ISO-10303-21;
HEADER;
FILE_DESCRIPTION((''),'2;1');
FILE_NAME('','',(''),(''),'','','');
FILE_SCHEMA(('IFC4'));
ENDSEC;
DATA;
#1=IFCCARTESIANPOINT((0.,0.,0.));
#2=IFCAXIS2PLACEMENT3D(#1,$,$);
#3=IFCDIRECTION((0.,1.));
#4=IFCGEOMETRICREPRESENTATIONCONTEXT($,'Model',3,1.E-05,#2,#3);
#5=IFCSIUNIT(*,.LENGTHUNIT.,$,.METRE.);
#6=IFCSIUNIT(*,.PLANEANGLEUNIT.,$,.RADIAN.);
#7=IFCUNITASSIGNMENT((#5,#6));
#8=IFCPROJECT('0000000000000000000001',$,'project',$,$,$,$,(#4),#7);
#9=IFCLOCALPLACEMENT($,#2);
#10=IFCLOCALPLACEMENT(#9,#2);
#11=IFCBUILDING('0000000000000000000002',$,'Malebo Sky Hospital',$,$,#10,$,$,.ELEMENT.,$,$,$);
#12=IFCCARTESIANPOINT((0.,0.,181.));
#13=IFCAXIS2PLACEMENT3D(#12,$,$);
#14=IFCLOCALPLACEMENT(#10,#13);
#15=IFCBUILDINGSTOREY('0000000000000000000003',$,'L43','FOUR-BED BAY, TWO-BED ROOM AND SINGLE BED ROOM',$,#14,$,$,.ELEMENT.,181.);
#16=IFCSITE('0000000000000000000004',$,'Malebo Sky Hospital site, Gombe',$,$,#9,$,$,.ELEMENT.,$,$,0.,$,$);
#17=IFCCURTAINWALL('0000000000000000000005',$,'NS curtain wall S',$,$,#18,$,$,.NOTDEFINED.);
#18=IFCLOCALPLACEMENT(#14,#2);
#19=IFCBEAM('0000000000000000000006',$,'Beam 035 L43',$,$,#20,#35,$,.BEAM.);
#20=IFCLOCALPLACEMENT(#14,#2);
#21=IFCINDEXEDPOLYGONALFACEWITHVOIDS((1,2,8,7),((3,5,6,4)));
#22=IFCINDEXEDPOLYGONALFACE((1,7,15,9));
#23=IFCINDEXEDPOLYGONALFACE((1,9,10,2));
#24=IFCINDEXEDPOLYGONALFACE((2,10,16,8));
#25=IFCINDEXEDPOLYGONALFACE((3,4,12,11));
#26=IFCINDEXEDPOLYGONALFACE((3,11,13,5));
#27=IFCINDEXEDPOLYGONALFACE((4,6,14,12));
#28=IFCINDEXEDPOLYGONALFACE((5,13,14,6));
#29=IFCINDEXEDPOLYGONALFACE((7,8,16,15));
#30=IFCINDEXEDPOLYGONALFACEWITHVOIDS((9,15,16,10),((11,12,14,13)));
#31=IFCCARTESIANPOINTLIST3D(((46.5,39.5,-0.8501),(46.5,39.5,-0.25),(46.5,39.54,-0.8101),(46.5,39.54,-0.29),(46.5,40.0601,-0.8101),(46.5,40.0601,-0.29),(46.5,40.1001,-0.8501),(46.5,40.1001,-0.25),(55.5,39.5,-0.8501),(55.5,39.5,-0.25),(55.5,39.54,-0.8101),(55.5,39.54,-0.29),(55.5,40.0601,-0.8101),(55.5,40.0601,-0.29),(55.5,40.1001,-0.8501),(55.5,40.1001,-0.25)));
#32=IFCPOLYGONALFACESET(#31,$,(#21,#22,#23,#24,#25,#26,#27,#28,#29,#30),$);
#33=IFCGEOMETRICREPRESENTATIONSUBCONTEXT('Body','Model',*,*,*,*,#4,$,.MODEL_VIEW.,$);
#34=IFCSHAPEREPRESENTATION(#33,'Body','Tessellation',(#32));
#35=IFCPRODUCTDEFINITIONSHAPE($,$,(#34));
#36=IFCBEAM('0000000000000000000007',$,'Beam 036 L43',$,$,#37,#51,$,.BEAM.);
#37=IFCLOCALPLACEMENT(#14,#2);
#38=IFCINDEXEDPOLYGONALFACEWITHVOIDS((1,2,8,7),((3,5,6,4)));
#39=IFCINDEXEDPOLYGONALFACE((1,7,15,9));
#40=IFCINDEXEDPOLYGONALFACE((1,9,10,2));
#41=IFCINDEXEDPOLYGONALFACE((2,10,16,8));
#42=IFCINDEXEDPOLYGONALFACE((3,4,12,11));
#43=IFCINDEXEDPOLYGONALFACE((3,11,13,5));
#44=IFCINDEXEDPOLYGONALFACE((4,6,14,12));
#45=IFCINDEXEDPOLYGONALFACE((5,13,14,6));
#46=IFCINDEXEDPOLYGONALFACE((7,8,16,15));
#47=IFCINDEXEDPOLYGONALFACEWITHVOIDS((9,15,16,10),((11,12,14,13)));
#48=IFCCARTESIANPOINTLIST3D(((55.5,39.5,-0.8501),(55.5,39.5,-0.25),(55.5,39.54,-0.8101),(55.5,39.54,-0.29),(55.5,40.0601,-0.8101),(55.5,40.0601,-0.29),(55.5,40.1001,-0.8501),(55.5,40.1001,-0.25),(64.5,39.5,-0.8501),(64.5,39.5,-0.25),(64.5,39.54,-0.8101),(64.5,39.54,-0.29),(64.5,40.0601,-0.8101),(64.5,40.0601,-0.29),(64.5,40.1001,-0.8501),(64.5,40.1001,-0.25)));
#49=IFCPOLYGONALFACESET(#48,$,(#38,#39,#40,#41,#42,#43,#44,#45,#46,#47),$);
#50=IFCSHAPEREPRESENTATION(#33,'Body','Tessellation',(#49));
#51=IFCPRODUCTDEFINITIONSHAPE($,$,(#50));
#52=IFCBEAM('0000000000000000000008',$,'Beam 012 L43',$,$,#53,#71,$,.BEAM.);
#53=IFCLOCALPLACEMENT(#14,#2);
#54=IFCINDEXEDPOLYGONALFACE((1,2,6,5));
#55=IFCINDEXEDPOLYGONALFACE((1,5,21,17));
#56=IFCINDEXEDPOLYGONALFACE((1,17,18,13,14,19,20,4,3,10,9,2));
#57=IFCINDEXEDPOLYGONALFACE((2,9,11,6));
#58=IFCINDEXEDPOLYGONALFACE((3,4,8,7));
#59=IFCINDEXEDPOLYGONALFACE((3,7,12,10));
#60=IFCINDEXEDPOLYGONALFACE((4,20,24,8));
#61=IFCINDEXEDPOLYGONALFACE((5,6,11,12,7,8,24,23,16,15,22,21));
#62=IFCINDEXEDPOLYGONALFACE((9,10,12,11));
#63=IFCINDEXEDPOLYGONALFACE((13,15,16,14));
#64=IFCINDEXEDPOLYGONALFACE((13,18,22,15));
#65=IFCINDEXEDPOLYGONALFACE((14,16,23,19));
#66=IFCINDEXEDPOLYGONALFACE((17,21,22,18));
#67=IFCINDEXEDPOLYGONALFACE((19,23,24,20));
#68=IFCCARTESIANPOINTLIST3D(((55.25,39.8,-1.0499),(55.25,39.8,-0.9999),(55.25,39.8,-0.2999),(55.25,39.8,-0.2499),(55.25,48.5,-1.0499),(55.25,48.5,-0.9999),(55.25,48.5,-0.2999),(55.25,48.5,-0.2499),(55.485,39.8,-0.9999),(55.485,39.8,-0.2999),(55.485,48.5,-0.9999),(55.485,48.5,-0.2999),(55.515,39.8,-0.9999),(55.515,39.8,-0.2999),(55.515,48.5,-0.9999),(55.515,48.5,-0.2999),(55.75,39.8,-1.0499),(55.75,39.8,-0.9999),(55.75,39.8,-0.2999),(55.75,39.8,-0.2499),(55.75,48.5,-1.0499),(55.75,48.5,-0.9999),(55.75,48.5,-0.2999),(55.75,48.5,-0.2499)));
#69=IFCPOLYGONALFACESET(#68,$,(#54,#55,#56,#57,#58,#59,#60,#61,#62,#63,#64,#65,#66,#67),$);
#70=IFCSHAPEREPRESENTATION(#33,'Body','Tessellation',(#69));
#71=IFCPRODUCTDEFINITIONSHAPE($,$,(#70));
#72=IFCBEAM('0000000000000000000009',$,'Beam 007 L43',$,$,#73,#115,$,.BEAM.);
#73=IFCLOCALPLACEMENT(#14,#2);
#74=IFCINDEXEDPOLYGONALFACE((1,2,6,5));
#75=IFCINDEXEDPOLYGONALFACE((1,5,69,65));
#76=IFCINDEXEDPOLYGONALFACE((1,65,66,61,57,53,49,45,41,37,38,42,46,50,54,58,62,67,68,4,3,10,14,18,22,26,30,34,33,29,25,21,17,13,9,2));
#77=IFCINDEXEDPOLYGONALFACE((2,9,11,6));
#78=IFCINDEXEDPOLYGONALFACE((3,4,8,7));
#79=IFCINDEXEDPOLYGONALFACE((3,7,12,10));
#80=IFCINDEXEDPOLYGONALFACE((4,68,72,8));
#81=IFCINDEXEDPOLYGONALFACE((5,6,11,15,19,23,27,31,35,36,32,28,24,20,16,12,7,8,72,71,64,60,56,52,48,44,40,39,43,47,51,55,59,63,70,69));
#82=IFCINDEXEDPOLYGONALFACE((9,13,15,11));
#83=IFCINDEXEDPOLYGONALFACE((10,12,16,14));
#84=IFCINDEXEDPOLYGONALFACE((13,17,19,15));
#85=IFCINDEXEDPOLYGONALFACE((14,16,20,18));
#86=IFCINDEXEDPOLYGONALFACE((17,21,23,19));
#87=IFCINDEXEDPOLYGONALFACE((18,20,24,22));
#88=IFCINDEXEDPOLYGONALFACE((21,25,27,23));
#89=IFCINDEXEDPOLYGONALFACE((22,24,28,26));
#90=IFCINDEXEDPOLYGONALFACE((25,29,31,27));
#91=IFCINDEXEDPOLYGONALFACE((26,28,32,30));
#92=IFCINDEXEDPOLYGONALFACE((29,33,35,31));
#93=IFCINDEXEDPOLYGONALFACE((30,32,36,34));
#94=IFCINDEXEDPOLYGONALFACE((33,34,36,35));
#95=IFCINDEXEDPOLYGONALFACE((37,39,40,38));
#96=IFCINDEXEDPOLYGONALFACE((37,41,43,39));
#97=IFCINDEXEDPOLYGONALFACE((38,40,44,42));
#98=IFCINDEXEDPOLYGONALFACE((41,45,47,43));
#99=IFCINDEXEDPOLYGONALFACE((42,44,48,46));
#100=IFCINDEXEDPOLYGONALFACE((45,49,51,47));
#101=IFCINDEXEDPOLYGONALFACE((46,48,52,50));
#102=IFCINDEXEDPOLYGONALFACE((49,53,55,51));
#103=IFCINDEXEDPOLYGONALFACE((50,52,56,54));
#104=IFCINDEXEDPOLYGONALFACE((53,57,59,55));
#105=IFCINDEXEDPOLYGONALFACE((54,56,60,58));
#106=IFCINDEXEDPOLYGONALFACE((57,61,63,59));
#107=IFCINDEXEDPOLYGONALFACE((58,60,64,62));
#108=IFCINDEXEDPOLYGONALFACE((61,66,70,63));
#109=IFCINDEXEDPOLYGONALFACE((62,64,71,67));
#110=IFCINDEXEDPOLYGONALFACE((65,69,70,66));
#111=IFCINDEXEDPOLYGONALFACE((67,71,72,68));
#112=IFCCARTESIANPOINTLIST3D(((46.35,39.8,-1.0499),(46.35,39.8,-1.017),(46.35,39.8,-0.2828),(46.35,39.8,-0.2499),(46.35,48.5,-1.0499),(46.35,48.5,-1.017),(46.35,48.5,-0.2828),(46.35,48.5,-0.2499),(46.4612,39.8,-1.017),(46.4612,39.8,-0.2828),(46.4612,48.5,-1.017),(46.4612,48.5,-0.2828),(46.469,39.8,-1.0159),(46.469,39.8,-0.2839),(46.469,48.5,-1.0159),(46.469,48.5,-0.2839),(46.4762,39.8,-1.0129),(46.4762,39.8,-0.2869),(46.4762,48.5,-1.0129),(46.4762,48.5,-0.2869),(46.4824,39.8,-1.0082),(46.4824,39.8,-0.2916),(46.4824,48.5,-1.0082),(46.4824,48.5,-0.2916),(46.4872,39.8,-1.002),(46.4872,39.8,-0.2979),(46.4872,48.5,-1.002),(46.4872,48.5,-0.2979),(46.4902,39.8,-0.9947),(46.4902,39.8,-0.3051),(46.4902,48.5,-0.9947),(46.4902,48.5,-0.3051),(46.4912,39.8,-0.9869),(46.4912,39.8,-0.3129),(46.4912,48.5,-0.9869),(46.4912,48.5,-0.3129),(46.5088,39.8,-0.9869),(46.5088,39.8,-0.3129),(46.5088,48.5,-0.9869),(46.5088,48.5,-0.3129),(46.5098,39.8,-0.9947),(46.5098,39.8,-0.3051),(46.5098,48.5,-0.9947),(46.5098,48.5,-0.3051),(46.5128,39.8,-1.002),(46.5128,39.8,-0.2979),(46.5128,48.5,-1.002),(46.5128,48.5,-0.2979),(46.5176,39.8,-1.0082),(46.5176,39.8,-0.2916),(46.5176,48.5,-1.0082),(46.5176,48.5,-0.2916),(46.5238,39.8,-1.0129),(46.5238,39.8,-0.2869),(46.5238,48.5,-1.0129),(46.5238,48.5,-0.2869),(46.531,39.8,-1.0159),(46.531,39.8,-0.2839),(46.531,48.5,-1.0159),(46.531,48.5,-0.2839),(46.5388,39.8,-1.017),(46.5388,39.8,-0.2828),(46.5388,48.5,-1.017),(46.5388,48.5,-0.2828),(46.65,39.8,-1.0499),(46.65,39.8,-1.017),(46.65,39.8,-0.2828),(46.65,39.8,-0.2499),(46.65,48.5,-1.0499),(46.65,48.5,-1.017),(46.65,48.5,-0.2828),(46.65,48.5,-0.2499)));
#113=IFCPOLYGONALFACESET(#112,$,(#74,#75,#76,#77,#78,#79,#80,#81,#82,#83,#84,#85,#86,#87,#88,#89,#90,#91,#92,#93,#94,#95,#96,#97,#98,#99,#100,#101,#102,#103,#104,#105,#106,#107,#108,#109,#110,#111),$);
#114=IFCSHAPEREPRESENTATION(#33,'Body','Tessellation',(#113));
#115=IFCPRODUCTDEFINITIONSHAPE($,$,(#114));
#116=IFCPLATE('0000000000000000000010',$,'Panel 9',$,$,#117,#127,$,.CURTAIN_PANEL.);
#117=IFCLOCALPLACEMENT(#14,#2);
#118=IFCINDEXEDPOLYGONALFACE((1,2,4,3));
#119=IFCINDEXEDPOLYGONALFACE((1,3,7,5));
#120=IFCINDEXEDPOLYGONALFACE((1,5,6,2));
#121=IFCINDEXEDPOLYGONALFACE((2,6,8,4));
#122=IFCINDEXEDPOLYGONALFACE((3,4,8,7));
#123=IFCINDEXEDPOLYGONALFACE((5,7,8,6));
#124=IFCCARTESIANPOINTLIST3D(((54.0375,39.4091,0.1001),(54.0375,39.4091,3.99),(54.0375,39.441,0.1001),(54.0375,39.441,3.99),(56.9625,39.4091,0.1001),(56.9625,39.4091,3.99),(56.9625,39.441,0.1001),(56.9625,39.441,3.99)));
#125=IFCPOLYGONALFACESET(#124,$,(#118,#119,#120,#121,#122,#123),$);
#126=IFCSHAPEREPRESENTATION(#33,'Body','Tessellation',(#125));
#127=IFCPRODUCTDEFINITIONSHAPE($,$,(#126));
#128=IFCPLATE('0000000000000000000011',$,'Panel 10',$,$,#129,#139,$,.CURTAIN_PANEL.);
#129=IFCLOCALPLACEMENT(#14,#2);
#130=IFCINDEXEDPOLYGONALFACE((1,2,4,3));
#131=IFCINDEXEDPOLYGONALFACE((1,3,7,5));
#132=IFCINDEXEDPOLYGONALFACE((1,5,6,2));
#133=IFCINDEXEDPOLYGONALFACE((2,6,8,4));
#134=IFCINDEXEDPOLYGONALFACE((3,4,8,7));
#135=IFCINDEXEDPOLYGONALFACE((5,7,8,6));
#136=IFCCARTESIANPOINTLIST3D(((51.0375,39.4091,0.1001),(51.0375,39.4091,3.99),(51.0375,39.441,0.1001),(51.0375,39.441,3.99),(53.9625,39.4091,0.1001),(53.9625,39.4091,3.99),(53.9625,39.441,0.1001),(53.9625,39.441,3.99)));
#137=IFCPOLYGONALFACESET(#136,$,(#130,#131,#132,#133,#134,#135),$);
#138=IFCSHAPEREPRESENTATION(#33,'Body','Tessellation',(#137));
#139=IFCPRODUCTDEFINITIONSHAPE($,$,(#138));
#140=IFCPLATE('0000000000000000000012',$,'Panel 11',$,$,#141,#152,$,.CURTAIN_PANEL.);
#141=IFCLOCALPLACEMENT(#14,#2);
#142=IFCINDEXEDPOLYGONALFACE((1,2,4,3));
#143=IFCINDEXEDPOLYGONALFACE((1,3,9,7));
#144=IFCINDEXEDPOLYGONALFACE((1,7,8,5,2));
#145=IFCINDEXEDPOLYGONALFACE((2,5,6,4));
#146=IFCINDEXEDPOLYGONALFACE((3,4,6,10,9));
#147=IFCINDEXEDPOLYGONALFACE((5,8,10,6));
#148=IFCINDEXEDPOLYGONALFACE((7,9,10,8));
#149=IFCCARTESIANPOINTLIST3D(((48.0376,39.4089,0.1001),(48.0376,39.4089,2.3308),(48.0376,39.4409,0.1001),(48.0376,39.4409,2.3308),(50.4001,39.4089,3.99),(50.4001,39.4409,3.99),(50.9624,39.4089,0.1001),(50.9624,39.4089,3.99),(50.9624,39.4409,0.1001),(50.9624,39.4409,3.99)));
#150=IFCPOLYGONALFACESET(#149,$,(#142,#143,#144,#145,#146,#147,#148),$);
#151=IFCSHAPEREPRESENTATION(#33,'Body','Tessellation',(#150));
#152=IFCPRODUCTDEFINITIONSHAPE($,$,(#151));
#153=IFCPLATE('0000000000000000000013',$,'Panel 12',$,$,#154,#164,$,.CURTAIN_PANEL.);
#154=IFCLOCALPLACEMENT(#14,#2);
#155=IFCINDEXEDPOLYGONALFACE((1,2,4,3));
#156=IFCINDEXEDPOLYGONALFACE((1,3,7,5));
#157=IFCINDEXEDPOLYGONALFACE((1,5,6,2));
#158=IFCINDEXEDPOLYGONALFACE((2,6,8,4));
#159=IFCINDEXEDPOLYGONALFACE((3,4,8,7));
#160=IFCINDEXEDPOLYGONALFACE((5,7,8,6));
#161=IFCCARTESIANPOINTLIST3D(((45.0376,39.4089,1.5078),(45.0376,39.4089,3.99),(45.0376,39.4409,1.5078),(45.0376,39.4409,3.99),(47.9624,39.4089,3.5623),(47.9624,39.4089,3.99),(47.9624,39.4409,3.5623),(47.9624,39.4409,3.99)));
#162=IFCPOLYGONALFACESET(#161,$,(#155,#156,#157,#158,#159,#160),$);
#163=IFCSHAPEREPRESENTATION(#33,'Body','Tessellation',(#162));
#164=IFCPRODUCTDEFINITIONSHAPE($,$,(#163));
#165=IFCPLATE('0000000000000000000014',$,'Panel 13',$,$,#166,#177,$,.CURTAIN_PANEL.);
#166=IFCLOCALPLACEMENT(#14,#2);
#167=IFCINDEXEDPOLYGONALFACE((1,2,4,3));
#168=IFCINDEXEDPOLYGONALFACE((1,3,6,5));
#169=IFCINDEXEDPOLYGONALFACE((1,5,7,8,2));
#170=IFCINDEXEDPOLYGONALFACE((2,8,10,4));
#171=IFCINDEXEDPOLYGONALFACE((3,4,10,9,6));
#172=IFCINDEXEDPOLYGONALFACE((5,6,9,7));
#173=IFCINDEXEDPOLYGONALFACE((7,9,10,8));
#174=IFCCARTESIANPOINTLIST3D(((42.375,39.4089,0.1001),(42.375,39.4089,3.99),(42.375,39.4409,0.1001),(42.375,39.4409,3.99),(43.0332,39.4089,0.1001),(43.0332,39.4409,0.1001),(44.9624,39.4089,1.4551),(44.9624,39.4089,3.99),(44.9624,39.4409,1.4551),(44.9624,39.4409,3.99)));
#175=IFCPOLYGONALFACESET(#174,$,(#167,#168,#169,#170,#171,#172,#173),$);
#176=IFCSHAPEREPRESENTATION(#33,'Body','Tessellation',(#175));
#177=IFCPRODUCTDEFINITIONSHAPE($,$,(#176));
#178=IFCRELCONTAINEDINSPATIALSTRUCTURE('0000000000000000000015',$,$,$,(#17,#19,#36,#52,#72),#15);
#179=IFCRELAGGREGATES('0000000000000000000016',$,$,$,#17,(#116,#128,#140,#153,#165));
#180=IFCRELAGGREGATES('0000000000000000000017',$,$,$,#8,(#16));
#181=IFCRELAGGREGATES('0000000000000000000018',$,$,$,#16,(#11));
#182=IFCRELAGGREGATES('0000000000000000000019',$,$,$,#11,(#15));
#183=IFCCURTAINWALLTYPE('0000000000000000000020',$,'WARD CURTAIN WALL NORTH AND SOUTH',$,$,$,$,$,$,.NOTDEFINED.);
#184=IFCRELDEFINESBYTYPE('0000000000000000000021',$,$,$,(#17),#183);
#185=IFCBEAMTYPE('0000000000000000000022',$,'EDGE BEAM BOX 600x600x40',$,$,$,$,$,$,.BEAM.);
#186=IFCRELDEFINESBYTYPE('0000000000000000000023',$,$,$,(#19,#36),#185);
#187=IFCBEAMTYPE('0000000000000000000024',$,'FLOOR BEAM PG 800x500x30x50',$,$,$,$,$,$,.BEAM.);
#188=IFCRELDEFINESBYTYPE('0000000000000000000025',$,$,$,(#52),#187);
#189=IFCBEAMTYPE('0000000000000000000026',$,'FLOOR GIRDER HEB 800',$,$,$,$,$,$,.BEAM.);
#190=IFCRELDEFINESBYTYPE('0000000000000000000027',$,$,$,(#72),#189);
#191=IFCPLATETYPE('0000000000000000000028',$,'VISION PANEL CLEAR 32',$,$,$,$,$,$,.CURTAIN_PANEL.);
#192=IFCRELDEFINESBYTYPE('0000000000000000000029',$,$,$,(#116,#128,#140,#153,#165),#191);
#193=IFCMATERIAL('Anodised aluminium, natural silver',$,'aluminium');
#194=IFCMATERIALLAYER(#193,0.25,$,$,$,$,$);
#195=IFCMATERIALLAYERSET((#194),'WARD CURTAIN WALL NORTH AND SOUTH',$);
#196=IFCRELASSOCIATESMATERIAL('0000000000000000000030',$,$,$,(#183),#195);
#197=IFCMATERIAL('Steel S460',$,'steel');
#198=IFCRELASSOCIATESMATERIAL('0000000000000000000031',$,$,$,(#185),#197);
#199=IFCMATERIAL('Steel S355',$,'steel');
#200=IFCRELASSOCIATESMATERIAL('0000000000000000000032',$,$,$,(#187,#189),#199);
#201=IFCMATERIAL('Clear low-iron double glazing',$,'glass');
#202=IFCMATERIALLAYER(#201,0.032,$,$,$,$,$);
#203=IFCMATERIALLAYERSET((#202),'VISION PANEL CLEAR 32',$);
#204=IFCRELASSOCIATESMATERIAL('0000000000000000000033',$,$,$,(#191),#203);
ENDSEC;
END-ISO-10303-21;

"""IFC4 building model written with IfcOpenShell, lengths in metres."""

from ifc_helpers import new_model, si_unit, direction, frame, origin, origin_2d, place, context, subcontext, project, spatial, polyline, rectangle, hollow_rectangle, i_section, outline, extrude, material, layer, layer_set, material_profile, profile_set, type_object, element, aggregate, save


model = new_model("IFC4")

# Units and contexts
model_context = context("Model", 3, precision=1e-05, world=origin(), true_north=direction((0.0, 1.0)))
body_context = subcontext(model_context, "Body", "Model", "MODEL_VIEW")
ifc_project = project(units=[si_unit("LENGTHUNIT", "METRE"), si_unit("PLANEANGLEUNIT", "RADIAN")], contexts=[model_context])

# Site, building, storey
site_placement = place(None, origin())
site = spatial("IfcSite", under=ifc_project, at=site_placement, Name="Malebo Sky Hospital site, Gombe", CompositionType="ELEMENT", RefElevation=0.0)
building_placement = place(site_placement, origin())
building = spatial("IfcBuilding", under=site, at=building_placement, Name="Malebo Sky Hospital", CompositionType="ELEMENT")
storey_placement = place(building_placement, frame((0.0, 0.0, 181.0)))
storey = spatial("IfcBuildingStorey", under=building, at=storey_placement, Name="L43", Description="FOUR-BED BAY, TWO-BED ROOM AND SINGLE BED ROOM", CompositionType="ELEMENT", Elevation=181.0)

# Shared definitions
ifc_material_1 = material(Name="Steel S460", Category="steel")

# Curtain wall
ifc_material_2 = material(Name="Anodised aluminium, natural silver", Category="aluminium")
ifc_layer_1 = layer(ifc_material_2, 0.25)
ifc_layer_set_1 = layer_set([ifc_layer_1], Name="WARD CURTAIN WALL NORTH AND SOUTH")
curtain_wall_type = type_object("IfcCurtainWallType", Name="WARD CURTAIN WALL NORTH AND SOUTH", PredefinedType="NOTDEFINED", material=ifc_layer_set_1)
curtain_wall_placement = place(storey_placement, origin())
curtain_wall = element("IfcCurtainWall", 1, at=curtain_wall_placement, inside=storey, type_object=curtain_wall_type, Name="NS curtain wall S", PredefinedType="NOTDEFINED")

# Shared definitions
ifc_material_3 = material(Name="Steel S355", Category="steel")

# Beams
ifc_material_profile_1 = material_profile(ifc_material_1, hollow_rectangle(XDim=0.6001, YDim=0.6001, WallThickness=0.04, at=origin_2d()), Name="BOX 600x600x40")
ifc_profile_set_1 = profile_set([ifc_material_profile_1], Name="Steel S460")
beam_type_1 = type_object("IfcBeamType", Name="EDGE BEAM BOX 600x600x40", PredefinedType="BEAM", material=ifc_profile_set_1)
for number, where, z_axis, x_axis, name in (
    (2, (46.5, 39.8, -0.55), (1.0, 0.0, 0.0), (0.0, 1.0, 0.0), "Beam 035 L43"),
    (3, (55.5, 39.8, -0.55), (1.0, 0.0, 0.0), (0.0, 1.0, 0.0), "Beam 036 L43"),
):
    element("IfcBeam", number, at=place(storey_placement, frame(where, z_axis=z_axis, x_axis=x_axis)), inside=storey, type_object=beam_type_1, Name=name, PredefinedType="BEAM", context=body_context, shape_type="SweptSolid", body=[
        extrude(hollow_rectangle(XDim=0.6001, YDim=0.6001, WallThickness=0.04, at=origin_2d()), origin(), (0.0, 0.0, 1.0), 9.0),
    ])
ifc_material_profile_2 = material_profile(ifc_material_3, i_section(OverallWidth=0.5, OverallDepth=0.8, WebThickness=0.03, FlangeThickness=0.05, at=origin_2d()), Name="PG 800x500x30x50")
ifc_profile_set_2 = profile_set([ifc_material_profile_2], Name="Steel S355")
beam_type_2 = type_object("IfcBeamType", Name="FLOOR BEAM PG 800x500x30x50", PredefinedType="BEAM", material=ifc_profile_set_2)
beam_1_placement = place(storey_placement, frame((55.5, 39.8, -0.6499), z_axis=(0.0, 1.0, 0.0), x_axis=(-1.0, 0.0, 0.0)))
element("IfcBeam", 4, at=beam_1_placement, inside=storey, type_object=beam_type_2, Name="Beam 012 L43", PredefinedType="BEAM", context=body_context, shape_type="SweptSolid", body=[
    extrude(i_section(OverallWidth=0.5, OverallDepth=0.8, WebThickness=0.03, FlangeThickness=0.05, at=origin_2d()), origin(), (0.0, 0.0, 1.0), 8.7),
])
ifc_material_profile_3 = material_profile(ifc_material_3, i_section(OverallWidth=0.3, OverallDepth=0.8, WebThickness=0.0176, FlangeThickness=0.033, FilletRadius=0.03, at=origin_2d()), Name="HEB 800")
ifc_profile_set_3 = profile_set([ifc_material_profile_3], Name="Steel S355")
beam_type_3 = type_object("IfcBeamType", Name="FLOOR GIRDER HEB 800", PredefinedType="BEAM", material=ifc_profile_set_3)
beam_2_placement = place(storey_placement, frame((46.5, 39.8, -0.6499), z_axis=(0.0, 1.0, 0.0), x_axis=(-1.0, 0.0, 0.0)))
element("IfcBeam", 5, at=beam_2_placement, inside=storey, type_object=beam_type_3, Name="Beam 007 L43", PredefinedType="BEAM", context=body_context, shape_type="SweptSolid", body=[
    extrude(i_section(OverallWidth=0.3, OverallDepth=0.8, WebThickness=0.0176, FlangeThickness=0.033, FilletRadius=0.03, at=origin_2d()), origin(), (0.0, 0.0, 1.0), 8.7),
])

# Plates
ifc_material_4 = material(Name="Clear low-iron double glazing", Category="glass")
ifc_layer_2 = layer(ifc_material_4, 0.032)
ifc_layer_set_2 = layer_set([ifc_layer_2], Name="VISION PANEL CLEAR 32")
plate_type = type_object("IfcPlateType", Name="VISION PANEL CLEAR 32", PredefinedType="CURTAIN_PANEL", material=ifc_layer_set_2)
plate_1_placement = place(storey_placement, frame((55.5, 39.425, 0.1001), z_axis=(0.0, 0.0, 1.0), x_axis=(-1.0, 0.0, 0.0)))
plate_1 = element("IfcPlate", 6, at=plate_1_placement, type_object=plate_type, Name="Panel 9", PredefinedType="CURTAIN_PANEL", context=body_context, shape_type="SweptSolid", body=[
    extrude(rectangle(XDim=2.925, YDim=0.032, at=origin_2d()), origin(), (0.0, 0.0, 1.0), 3.8899),
])
plate_2_placement = place(storey_placement, frame((52.5, 39.425, 0.1001), z_axis=(0.0, 0.0, 1.0), x_axis=(-1.0, 0.0, 0.0)))
plate_2 = element("IfcPlate", 7, at=plate_2_placement, type_object=plate_type, Name="Panel 10", PredefinedType="CURTAIN_PANEL", context=body_context, shape_type="SweptSolid", body=[
    extrude(rectangle(XDim=2.925, YDim=0.032, at=origin_2d()), origin(), (0.0, 0.0, 1.0), 3.8899),
])
plate_3_placement = place(storey_placement, frame((49.5, 39.425, 0.1001), z_axis=(0.0, 0.0, 1.0), x_axis=(-1.0, 0.0, 0.0)))
plate_3 = element("IfcPlate", 8, at=plate_3_placement, type_object=plate_type, Name="Panel 11", PredefinedType="CURTAIN_PANEL", context=body_context, shape_type="SweptSolid", body=[
    extrude(outline(polyline([(-1.4624, 0.0), (1.4624, 0.0), (1.4624, 2.2307), (-0.9001, 3.8899), (-1.4624, 3.8899), (-1.4624, 0.0)])), frame((0.0, 0.0161, 0.0), z_axis=(0.0, -1.0, 0.0), x_axis=(1.0, 0.0, 0.0)), (0.0, 0.0, 1.0), 0.032),
])
plate_4_placement = place(storey_placement, frame((46.5, 39.425, 1.5078), z_axis=(0.0, 0.0, 1.0), x_axis=(-1.0, 0.0, 0.0)))
plate_4 = element("IfcPlate", 9, at=plate_4_placement, type_object=plate_type, Name="Panel 12", PredefinedType="CURTAIN_PANEL", context=body_context, shape_type="SweptSolid", body=[
    extrude(outline(polyline([(1.4624, 0.0), (1.4624, 2.4822), (-1.4624, 2.4822), (-1.4624, 2.0544), (1.4624, 0.0)])), frame((0.0, 0.0161, 0.0), z_axis=(0.0, -1.0, 0.0), x_axis=(1.0, 0.0, 0.0)), (0.0, 0.0, 1.0), 0.032),
])
plate_5_placement = place(storey_placement, frame((43.6687, 39.425, 0.1001), z_axis=(0.0, 0.0, 1.0), x_axis=(-1.0, 0.0, 0.0)))
plate_5 = element("IfcPlate", 10, at=plate_5_placement, type_object=plate_type, Name="Panel 13", PredefinedType="CURTAIN_PANEL", context=body_context, shape_type="SweptSolid", body=[
    extrude(outline(polyline([(0.6355, 0.0), (1.2937, 0.0), (1.2937, 3.8899), (-1.2937, 3.8899), (-1.2937, 1.355), (0.6355, 0.0)])), frame((0.0, 0.0161, 0.0), z_axis=(0.0, -1.0, 0.0), x_axis=(1.0, 0.0, 0.0)), (0.0, 0.0, 1.0), 0.032),
])
aggregate(curtain_wall, [plate_1, plate_2, plate_3, plate_4, plate_5])

save(model, "model.ifc")
